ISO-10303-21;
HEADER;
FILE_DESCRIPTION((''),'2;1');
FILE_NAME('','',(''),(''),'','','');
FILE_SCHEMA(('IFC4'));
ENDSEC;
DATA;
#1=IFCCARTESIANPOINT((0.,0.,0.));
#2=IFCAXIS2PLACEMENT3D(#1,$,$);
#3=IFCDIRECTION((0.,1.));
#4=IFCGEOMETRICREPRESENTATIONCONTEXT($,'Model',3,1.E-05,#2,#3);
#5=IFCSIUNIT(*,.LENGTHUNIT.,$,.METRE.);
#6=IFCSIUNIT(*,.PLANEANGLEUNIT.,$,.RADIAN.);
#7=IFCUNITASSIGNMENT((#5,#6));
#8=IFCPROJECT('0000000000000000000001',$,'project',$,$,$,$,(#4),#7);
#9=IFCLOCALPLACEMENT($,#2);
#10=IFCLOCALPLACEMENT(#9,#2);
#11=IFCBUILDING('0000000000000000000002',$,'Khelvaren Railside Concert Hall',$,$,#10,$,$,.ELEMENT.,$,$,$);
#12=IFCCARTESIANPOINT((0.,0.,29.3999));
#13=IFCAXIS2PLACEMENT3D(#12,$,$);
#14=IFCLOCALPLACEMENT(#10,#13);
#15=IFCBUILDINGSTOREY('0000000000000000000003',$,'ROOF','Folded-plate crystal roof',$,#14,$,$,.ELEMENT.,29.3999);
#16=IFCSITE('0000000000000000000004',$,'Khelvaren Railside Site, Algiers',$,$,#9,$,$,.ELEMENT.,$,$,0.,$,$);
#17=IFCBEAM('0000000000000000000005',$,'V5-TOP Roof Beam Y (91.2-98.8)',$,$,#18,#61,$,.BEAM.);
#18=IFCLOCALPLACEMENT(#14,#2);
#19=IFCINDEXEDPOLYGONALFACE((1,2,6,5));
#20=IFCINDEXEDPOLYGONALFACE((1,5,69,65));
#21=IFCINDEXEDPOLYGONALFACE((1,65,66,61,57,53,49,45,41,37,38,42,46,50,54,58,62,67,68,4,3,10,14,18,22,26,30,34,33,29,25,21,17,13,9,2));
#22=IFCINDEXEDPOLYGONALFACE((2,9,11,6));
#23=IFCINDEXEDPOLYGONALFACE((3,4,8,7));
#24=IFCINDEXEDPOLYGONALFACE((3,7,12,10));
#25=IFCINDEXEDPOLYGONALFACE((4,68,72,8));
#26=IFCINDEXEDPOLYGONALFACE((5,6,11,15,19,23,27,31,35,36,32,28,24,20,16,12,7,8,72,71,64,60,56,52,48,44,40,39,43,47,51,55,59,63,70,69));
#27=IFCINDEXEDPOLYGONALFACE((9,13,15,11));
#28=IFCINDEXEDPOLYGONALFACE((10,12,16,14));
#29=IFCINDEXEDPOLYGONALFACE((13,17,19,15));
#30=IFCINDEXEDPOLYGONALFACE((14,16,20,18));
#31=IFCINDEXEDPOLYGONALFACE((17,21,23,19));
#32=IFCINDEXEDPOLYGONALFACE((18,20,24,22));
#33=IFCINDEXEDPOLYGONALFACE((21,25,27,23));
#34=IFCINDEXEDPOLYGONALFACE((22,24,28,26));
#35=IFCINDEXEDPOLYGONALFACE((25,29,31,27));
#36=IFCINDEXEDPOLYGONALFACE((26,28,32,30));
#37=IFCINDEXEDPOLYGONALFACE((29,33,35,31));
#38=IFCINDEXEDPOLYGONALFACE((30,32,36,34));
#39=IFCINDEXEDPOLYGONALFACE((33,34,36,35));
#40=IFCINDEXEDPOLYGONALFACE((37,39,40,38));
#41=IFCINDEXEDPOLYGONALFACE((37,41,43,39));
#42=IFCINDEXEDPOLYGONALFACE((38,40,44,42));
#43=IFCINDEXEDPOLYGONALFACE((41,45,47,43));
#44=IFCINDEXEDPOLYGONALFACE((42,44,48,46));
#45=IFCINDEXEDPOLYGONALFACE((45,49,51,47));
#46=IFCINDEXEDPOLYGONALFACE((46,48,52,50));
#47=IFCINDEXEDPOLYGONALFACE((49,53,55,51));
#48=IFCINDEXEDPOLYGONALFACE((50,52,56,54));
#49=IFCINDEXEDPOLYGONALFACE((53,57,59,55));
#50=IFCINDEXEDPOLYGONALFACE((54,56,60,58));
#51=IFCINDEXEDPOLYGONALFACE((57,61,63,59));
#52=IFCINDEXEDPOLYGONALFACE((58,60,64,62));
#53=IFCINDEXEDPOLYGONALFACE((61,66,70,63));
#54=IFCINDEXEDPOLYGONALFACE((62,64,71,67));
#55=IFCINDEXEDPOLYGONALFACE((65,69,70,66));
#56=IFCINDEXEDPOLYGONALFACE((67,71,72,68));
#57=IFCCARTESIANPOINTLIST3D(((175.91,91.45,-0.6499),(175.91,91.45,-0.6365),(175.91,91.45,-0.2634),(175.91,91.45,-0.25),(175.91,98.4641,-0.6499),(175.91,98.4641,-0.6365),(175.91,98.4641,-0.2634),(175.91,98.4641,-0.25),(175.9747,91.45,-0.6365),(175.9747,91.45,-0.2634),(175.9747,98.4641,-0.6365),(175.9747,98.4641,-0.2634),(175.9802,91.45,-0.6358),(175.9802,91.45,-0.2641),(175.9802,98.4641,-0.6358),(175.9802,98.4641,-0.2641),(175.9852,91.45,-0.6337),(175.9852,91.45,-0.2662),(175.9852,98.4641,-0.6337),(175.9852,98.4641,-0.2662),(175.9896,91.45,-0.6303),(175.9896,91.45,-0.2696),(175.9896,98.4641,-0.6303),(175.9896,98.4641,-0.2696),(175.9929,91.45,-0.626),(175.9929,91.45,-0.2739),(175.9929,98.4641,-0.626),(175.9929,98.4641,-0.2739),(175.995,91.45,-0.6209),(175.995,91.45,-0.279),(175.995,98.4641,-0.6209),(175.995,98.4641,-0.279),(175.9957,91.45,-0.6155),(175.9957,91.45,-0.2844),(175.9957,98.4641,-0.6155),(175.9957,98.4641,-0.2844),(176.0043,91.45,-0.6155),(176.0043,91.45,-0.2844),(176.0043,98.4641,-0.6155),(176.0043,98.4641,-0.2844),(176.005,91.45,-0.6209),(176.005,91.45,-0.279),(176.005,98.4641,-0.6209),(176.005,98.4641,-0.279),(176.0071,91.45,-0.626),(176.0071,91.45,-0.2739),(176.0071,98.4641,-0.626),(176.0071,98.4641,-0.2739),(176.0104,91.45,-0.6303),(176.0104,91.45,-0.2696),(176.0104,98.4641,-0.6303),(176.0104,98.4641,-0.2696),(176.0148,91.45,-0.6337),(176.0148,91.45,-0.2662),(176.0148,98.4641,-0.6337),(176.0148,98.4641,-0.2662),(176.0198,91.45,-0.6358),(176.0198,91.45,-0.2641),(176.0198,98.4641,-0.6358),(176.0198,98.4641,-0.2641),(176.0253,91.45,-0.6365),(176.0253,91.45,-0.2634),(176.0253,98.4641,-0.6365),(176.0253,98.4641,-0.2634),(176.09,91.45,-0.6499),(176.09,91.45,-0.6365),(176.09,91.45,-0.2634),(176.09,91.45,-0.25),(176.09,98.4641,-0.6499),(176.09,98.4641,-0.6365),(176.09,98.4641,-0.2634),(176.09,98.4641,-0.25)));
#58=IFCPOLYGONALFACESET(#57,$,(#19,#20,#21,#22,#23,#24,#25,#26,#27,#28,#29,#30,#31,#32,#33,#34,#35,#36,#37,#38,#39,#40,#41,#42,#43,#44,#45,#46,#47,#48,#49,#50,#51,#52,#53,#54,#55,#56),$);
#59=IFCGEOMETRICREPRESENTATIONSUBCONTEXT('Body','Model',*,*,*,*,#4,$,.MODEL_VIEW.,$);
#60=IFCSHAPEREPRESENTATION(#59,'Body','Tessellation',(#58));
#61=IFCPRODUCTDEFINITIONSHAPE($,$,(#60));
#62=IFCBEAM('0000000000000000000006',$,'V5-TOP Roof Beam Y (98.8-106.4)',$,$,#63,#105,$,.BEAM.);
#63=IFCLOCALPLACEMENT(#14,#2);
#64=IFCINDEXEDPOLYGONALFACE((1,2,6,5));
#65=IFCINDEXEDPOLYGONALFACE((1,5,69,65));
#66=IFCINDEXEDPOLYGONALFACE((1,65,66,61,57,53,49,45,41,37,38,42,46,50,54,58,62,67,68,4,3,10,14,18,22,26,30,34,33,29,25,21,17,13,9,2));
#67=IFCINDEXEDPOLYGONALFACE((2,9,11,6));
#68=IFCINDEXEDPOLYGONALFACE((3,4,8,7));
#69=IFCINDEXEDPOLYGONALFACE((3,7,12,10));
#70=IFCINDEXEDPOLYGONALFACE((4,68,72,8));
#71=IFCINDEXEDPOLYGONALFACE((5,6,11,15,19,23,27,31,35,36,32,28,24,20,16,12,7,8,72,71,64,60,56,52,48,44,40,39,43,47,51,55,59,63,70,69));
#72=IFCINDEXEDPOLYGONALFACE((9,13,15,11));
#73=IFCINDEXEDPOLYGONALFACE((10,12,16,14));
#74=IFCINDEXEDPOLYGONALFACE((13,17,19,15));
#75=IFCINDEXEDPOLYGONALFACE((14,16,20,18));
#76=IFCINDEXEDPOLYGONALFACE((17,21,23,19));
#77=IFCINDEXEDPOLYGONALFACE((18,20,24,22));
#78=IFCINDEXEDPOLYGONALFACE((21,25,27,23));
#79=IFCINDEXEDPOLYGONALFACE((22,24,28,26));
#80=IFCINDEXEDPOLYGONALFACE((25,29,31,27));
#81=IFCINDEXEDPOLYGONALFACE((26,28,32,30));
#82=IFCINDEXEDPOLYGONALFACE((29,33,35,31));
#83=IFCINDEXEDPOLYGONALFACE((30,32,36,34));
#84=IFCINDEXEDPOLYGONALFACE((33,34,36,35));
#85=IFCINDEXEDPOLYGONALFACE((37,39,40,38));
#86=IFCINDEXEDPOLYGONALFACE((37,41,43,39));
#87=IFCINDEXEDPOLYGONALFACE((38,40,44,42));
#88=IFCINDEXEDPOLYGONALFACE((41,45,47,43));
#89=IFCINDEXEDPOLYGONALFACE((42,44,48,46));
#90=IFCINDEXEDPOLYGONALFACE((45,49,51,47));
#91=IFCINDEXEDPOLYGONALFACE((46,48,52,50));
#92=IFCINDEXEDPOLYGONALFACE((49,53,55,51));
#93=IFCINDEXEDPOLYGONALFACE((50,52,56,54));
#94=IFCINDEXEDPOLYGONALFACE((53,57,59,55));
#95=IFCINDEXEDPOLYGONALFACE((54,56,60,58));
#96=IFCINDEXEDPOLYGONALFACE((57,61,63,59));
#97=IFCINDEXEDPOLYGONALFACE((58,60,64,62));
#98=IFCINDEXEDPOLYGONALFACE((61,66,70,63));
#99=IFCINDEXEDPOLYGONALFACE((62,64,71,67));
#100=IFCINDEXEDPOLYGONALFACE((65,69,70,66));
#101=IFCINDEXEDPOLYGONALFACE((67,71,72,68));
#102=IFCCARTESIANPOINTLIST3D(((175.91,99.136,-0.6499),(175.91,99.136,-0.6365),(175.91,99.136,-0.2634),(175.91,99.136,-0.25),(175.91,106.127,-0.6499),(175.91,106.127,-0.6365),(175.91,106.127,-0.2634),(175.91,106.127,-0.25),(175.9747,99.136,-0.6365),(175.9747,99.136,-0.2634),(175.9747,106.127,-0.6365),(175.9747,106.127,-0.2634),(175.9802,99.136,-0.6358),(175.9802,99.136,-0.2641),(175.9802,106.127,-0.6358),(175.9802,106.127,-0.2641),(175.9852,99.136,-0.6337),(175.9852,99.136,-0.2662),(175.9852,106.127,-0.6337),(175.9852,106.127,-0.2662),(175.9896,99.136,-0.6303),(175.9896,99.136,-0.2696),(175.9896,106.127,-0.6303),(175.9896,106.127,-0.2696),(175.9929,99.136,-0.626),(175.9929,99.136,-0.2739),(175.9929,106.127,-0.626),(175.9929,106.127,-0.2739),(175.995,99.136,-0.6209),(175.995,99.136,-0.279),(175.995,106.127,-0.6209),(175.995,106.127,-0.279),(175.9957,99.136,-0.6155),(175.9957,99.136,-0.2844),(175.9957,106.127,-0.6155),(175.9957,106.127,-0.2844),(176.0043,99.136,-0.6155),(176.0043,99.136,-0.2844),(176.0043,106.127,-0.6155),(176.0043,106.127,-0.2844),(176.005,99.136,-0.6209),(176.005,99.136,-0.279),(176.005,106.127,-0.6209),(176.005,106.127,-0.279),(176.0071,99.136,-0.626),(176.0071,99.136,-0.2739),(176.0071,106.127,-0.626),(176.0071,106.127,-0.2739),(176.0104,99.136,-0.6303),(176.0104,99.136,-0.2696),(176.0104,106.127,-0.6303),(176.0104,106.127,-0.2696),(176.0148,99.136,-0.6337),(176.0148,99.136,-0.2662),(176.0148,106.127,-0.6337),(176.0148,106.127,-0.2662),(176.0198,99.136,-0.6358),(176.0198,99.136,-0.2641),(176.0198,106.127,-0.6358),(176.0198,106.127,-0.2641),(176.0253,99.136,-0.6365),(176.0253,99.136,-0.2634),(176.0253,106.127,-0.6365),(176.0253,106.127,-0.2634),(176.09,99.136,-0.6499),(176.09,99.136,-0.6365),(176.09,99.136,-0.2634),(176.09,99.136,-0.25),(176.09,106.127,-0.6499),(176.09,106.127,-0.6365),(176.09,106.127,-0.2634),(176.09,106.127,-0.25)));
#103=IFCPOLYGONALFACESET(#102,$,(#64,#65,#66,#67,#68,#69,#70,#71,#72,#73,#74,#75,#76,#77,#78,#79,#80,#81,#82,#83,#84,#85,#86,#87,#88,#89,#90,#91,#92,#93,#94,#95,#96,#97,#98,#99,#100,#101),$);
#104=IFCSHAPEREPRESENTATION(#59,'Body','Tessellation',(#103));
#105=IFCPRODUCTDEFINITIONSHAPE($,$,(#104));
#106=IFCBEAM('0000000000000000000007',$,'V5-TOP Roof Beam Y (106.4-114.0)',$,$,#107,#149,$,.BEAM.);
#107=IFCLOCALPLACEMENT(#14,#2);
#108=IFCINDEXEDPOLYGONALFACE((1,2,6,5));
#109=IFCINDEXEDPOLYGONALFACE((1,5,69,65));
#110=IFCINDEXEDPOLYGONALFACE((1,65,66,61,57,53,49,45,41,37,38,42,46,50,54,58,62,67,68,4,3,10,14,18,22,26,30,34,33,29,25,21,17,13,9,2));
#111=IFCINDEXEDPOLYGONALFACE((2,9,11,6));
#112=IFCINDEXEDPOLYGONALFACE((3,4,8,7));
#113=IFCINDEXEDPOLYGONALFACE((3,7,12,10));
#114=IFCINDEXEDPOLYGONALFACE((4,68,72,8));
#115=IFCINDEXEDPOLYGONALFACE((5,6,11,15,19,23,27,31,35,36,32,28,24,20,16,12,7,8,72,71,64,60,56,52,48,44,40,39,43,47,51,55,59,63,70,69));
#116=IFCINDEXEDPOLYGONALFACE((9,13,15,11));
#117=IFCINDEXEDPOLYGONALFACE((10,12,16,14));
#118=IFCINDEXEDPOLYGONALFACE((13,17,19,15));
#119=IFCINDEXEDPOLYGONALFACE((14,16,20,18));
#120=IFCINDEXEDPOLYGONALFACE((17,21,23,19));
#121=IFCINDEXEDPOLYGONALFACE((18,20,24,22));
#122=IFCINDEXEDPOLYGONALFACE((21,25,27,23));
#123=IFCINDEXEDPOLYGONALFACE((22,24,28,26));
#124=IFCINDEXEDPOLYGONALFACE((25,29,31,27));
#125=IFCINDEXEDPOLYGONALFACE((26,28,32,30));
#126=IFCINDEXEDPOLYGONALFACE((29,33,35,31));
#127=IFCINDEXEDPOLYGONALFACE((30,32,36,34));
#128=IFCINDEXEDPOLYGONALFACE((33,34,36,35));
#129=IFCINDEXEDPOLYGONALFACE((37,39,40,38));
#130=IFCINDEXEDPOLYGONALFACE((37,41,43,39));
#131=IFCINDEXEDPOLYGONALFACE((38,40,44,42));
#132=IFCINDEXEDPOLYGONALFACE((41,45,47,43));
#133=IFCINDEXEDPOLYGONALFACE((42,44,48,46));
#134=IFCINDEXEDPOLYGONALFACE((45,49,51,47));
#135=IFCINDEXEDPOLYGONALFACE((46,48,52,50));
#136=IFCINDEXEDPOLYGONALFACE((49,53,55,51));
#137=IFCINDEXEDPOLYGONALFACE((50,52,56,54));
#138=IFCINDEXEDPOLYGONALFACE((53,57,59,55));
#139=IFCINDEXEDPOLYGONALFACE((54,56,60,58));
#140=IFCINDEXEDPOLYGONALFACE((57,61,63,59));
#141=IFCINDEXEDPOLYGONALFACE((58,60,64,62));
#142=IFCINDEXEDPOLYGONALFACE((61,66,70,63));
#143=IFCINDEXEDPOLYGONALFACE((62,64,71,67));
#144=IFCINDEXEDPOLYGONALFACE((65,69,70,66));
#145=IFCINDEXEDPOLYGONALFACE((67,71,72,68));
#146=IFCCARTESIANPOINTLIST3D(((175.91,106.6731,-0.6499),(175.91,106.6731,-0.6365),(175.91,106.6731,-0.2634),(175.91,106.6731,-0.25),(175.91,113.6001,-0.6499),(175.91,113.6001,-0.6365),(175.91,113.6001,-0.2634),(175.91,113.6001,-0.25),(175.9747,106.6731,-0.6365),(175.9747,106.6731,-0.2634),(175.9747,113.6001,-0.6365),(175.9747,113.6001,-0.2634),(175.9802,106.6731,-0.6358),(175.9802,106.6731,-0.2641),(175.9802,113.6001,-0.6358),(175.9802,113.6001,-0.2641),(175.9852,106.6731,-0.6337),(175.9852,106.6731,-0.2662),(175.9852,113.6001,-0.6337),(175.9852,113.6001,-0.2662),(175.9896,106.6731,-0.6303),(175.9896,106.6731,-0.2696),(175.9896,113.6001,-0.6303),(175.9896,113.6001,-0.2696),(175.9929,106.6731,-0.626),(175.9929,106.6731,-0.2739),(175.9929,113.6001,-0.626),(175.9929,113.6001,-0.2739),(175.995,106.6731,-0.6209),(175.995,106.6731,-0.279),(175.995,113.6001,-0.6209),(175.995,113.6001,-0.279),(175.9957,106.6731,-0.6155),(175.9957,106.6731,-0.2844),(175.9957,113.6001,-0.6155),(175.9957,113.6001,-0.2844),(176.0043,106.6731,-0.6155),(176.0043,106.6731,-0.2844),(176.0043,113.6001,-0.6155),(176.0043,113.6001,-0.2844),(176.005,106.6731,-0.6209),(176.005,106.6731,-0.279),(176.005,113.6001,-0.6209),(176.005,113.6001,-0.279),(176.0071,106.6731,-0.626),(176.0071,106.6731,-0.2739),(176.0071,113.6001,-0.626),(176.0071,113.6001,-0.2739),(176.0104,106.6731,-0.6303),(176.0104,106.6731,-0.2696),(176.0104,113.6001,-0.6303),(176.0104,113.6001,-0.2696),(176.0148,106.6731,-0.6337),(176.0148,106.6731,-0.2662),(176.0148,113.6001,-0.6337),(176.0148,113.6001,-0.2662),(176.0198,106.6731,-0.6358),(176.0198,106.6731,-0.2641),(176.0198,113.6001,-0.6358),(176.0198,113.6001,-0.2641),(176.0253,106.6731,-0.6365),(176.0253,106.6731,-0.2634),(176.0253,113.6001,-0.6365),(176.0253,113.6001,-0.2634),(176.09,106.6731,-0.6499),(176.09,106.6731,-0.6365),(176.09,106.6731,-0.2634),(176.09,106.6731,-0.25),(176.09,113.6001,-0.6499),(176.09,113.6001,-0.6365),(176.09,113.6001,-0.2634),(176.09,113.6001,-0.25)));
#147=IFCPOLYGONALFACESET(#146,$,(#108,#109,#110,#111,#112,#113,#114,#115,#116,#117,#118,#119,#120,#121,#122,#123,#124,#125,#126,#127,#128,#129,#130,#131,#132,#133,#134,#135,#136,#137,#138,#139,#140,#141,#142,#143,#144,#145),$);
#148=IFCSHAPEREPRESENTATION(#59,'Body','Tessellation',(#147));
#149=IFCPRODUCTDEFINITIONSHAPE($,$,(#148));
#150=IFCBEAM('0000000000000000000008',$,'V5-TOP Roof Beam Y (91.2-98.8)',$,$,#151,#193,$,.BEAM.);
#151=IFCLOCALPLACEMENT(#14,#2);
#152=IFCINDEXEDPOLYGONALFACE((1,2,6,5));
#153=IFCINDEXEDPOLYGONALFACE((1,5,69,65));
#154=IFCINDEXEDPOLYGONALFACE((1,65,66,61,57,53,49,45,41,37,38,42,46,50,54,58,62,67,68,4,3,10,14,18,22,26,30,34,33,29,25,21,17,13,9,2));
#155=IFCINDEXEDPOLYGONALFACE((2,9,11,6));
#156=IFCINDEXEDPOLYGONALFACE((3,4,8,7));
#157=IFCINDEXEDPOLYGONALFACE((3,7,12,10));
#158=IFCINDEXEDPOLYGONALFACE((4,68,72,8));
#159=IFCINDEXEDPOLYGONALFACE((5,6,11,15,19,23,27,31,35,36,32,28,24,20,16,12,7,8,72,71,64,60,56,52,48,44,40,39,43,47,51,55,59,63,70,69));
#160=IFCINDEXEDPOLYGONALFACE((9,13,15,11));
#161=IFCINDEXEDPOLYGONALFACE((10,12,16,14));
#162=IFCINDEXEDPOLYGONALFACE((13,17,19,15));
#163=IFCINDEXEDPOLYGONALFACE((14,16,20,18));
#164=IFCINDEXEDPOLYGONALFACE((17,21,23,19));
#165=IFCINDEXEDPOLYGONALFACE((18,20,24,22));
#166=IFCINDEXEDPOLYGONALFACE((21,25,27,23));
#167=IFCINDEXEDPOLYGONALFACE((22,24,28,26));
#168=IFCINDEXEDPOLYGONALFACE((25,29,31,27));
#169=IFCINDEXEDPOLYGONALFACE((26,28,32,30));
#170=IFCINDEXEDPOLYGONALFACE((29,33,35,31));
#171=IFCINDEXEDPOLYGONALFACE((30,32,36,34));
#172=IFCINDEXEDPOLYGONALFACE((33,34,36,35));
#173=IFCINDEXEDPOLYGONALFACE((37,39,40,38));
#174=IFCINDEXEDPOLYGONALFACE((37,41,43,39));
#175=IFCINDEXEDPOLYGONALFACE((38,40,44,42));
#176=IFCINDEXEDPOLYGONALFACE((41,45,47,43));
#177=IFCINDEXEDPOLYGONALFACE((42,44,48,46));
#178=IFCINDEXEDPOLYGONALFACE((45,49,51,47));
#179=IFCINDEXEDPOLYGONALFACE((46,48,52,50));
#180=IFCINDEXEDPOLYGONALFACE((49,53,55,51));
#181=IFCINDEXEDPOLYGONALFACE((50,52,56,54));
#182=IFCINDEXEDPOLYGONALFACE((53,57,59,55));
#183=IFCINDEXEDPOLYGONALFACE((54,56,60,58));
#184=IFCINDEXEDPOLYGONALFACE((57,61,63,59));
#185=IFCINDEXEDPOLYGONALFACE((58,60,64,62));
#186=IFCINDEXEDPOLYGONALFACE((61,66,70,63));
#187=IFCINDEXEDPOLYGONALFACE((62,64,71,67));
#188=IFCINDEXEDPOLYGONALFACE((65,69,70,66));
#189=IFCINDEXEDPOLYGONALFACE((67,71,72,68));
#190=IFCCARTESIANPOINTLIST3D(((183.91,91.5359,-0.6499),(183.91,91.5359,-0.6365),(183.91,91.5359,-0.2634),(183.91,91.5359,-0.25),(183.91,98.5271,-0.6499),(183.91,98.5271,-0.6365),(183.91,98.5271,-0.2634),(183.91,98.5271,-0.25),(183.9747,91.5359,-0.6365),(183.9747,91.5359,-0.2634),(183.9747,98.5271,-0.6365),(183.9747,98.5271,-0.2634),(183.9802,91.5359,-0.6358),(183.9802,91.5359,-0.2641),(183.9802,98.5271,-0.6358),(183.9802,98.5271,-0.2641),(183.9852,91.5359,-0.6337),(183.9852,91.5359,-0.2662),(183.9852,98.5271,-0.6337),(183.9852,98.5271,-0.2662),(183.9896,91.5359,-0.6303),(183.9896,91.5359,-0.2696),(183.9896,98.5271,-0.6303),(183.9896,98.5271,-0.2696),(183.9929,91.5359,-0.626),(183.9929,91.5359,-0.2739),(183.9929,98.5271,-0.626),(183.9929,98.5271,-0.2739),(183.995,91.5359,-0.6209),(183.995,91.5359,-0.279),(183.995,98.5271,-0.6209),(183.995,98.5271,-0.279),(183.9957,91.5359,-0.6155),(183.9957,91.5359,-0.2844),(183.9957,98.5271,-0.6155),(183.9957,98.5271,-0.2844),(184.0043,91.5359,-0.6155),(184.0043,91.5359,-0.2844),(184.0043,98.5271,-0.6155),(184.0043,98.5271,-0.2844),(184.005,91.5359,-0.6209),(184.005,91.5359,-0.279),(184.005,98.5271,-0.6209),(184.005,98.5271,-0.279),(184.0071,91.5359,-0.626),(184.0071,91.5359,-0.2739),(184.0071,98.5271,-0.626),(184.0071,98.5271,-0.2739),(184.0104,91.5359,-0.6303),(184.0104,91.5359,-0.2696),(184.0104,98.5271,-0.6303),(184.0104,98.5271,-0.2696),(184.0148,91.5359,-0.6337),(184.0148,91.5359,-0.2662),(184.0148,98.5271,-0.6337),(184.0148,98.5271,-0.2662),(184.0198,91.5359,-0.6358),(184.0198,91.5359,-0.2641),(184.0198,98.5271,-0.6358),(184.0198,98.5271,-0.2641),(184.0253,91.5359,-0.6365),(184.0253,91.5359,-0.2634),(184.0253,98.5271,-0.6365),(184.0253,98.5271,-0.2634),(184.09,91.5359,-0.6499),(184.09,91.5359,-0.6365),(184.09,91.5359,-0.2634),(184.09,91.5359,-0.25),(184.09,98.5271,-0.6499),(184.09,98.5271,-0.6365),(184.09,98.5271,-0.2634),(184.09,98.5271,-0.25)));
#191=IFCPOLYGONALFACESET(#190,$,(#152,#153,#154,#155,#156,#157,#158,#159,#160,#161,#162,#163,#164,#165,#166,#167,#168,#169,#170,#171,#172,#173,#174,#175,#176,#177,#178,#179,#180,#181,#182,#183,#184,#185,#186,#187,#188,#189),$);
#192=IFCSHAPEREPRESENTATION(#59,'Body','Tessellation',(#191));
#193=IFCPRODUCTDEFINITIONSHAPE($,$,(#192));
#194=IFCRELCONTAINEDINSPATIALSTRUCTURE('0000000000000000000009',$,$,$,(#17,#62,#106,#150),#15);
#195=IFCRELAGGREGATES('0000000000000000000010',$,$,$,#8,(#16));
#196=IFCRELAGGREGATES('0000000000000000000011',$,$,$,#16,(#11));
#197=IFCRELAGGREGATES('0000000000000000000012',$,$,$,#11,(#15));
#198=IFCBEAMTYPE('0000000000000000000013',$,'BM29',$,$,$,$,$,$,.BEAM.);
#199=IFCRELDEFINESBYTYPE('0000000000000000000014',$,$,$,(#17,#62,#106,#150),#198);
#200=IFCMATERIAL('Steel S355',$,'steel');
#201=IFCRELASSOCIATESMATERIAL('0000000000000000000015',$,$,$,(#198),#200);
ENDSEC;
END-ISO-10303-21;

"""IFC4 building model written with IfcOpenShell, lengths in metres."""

from ifc_helpers import new_model, si_unit, direction, frame, origin, origin_2d, place, context, subcontext, project, spatial, i_section, extrude, material, material_profile, profile_set, type_object, element, save


model = new_model("IFC4")

# Units and contexts
model_context = context("Model", 3, precision=1e-05, world=origin(), true_north=direction((0.0, 1.0)))
body_context = subcontext(model_context, "Body", "Model", "MODEL_VIEW")
ifc_project = project(units=[si_unit("LENGTHUNIT", "METRE"), si_unit("PLANEANGLEUNIT", "RADIAN")], contexts=[model_context])

# Site, building, storey
site_placement = place(None, origin())
site = spatial("IfcSite", under=ifc_project, at=site_placement, Name="Khelvaren Railside Site, Algiers", CompositionType="ELEMENT", RefElevation=0.0)
building_placement = place(site_placement, origin())
building = spatial("IfcBuilding", under=site, at=building_placement, Name="Khelvaren Railside Concert Hall", CompositionType="ELEMENT")
storey_placement = place(building_placement, frame((0.0, 0.0, 29.3999)))
storey = spatial("IfcBuildingStorey", under=building, at=storey_placement, Name="ROOF", Description="Folded-plate crystal roof", CompositionType="ELEMENT", Elevation=29.3999)

# Beams
ifc_material_1 = material(Name="Steel S355", Category="steel")
ifc_material_profile = material_profile(ifc_material_1, i_section(OverallWidth=0.1799, OverallDepth=0.3999, WebThickness=0.0085, FlangeThickness=0.0134, FilletRadius=0.021, at=origin_2d()), Name="IPE 400")
ifc_profile_set = profile_set([ifc_material_profile], Name="Steel S355")
beam_type = type_object("IfcBeamType", Name="BM29", PredefinedType="BEAM", material=ifc_profile_set)
beam_1_placement = place(storey_placement, frame((176.0, 91.45, -0.45), z_axis=(0.0, 1.0, 0.0), x_axis=(-1.0, 0.0, 0.0)))
element("IfcBeam", 1, at=beam_1_placement, inside=storey, type_object=beam_type, Name="V5-TOP Roof Beam Y (91.2-98.8)", PredefinedType="BEAM", context=body_context, shape_type="SweptSolid", body=[
    extrude(i_section(OverallWidth=0.1799, OverallDepth=0.3999, WebThickness=0.0085, FlangeThickness=0.0134, FilletRadius=0.021, at=origin_2d()), origin(), (0.0, 0.0, 1.0), 7.0142),
])
beam_2_placement = place(storey_placement, frame((176.0, 99.136, -0.45), z_axis=(0.0, 1.0, 0.0), x_axis=(-1.0, 0.0, 0.0)))
element("IfcBeam", 2, at=beam_2_placement, inside=storey, type_object=beam_type, Name="V5-TOP Roof Beam Y (98.8-106.4)", PredefinedType="BEAM", context=body_context, shape_type="SweptSolid", body=[
    extrude(i_section(OverallWidth=0.1799, OverallDepth=0.3999, WebThickness=0.0085, FlangeThickness=0.0134, FilletRadius=0.021, at=origin_2d()), origin(), (0.0, 0.0, 1.0), 6.991),
])
beam_3_placement = place(storey_placement, frame((176.0, 106.6731, -0.45), z_axis=(0.0, 1.0, 0.0), x_axis=(-1.0, 0.0, 0.0)))
element("IfcBeam", 3, at=beam_3_placement, inside=storey, type_object=beam_type, Name="V5-TOP Roof Beam Y (106.4-114.0)", PredefinedType="BEAM", context=body_context, shape_type="SweptSolid", body=[
    extrude(i_section(OverallWidth=0.1799, OverallDepth=0.3999, WebThickness=0.0085, FlangeThickness=0.0134, FilletRadius=0.021, at=origin_2d()), origin(), (0.0, 0.0, 1.0), 6.927),
])
beam_4_placement = place(storey_placement, frame((184.0, 91.5359, -0.45), z_axis=(0.0, 1.0, 0.0), x_axis=(-1.0, 0.0, 0.0)))
element("IfcBeam", 4, at=beam_4_placement, inside=storey, type_object=beam_type, Name="V5-TOP Roof Beam Y (91.2-98.8)", PredefinedType="BEAM", context=body_context, shape_type="SweptSolid", body=[
    extrude(i_section(OverallWidth=0.1799, OverallDepth=0.3999, WebThickness=0.0085, FlangeThickness=0.0134, FilletRadius=0.021, at=origin_2d()), origin(), (0.0, 0.0, 1.0), 6.9912),
])

save(model, "model.ifc")
